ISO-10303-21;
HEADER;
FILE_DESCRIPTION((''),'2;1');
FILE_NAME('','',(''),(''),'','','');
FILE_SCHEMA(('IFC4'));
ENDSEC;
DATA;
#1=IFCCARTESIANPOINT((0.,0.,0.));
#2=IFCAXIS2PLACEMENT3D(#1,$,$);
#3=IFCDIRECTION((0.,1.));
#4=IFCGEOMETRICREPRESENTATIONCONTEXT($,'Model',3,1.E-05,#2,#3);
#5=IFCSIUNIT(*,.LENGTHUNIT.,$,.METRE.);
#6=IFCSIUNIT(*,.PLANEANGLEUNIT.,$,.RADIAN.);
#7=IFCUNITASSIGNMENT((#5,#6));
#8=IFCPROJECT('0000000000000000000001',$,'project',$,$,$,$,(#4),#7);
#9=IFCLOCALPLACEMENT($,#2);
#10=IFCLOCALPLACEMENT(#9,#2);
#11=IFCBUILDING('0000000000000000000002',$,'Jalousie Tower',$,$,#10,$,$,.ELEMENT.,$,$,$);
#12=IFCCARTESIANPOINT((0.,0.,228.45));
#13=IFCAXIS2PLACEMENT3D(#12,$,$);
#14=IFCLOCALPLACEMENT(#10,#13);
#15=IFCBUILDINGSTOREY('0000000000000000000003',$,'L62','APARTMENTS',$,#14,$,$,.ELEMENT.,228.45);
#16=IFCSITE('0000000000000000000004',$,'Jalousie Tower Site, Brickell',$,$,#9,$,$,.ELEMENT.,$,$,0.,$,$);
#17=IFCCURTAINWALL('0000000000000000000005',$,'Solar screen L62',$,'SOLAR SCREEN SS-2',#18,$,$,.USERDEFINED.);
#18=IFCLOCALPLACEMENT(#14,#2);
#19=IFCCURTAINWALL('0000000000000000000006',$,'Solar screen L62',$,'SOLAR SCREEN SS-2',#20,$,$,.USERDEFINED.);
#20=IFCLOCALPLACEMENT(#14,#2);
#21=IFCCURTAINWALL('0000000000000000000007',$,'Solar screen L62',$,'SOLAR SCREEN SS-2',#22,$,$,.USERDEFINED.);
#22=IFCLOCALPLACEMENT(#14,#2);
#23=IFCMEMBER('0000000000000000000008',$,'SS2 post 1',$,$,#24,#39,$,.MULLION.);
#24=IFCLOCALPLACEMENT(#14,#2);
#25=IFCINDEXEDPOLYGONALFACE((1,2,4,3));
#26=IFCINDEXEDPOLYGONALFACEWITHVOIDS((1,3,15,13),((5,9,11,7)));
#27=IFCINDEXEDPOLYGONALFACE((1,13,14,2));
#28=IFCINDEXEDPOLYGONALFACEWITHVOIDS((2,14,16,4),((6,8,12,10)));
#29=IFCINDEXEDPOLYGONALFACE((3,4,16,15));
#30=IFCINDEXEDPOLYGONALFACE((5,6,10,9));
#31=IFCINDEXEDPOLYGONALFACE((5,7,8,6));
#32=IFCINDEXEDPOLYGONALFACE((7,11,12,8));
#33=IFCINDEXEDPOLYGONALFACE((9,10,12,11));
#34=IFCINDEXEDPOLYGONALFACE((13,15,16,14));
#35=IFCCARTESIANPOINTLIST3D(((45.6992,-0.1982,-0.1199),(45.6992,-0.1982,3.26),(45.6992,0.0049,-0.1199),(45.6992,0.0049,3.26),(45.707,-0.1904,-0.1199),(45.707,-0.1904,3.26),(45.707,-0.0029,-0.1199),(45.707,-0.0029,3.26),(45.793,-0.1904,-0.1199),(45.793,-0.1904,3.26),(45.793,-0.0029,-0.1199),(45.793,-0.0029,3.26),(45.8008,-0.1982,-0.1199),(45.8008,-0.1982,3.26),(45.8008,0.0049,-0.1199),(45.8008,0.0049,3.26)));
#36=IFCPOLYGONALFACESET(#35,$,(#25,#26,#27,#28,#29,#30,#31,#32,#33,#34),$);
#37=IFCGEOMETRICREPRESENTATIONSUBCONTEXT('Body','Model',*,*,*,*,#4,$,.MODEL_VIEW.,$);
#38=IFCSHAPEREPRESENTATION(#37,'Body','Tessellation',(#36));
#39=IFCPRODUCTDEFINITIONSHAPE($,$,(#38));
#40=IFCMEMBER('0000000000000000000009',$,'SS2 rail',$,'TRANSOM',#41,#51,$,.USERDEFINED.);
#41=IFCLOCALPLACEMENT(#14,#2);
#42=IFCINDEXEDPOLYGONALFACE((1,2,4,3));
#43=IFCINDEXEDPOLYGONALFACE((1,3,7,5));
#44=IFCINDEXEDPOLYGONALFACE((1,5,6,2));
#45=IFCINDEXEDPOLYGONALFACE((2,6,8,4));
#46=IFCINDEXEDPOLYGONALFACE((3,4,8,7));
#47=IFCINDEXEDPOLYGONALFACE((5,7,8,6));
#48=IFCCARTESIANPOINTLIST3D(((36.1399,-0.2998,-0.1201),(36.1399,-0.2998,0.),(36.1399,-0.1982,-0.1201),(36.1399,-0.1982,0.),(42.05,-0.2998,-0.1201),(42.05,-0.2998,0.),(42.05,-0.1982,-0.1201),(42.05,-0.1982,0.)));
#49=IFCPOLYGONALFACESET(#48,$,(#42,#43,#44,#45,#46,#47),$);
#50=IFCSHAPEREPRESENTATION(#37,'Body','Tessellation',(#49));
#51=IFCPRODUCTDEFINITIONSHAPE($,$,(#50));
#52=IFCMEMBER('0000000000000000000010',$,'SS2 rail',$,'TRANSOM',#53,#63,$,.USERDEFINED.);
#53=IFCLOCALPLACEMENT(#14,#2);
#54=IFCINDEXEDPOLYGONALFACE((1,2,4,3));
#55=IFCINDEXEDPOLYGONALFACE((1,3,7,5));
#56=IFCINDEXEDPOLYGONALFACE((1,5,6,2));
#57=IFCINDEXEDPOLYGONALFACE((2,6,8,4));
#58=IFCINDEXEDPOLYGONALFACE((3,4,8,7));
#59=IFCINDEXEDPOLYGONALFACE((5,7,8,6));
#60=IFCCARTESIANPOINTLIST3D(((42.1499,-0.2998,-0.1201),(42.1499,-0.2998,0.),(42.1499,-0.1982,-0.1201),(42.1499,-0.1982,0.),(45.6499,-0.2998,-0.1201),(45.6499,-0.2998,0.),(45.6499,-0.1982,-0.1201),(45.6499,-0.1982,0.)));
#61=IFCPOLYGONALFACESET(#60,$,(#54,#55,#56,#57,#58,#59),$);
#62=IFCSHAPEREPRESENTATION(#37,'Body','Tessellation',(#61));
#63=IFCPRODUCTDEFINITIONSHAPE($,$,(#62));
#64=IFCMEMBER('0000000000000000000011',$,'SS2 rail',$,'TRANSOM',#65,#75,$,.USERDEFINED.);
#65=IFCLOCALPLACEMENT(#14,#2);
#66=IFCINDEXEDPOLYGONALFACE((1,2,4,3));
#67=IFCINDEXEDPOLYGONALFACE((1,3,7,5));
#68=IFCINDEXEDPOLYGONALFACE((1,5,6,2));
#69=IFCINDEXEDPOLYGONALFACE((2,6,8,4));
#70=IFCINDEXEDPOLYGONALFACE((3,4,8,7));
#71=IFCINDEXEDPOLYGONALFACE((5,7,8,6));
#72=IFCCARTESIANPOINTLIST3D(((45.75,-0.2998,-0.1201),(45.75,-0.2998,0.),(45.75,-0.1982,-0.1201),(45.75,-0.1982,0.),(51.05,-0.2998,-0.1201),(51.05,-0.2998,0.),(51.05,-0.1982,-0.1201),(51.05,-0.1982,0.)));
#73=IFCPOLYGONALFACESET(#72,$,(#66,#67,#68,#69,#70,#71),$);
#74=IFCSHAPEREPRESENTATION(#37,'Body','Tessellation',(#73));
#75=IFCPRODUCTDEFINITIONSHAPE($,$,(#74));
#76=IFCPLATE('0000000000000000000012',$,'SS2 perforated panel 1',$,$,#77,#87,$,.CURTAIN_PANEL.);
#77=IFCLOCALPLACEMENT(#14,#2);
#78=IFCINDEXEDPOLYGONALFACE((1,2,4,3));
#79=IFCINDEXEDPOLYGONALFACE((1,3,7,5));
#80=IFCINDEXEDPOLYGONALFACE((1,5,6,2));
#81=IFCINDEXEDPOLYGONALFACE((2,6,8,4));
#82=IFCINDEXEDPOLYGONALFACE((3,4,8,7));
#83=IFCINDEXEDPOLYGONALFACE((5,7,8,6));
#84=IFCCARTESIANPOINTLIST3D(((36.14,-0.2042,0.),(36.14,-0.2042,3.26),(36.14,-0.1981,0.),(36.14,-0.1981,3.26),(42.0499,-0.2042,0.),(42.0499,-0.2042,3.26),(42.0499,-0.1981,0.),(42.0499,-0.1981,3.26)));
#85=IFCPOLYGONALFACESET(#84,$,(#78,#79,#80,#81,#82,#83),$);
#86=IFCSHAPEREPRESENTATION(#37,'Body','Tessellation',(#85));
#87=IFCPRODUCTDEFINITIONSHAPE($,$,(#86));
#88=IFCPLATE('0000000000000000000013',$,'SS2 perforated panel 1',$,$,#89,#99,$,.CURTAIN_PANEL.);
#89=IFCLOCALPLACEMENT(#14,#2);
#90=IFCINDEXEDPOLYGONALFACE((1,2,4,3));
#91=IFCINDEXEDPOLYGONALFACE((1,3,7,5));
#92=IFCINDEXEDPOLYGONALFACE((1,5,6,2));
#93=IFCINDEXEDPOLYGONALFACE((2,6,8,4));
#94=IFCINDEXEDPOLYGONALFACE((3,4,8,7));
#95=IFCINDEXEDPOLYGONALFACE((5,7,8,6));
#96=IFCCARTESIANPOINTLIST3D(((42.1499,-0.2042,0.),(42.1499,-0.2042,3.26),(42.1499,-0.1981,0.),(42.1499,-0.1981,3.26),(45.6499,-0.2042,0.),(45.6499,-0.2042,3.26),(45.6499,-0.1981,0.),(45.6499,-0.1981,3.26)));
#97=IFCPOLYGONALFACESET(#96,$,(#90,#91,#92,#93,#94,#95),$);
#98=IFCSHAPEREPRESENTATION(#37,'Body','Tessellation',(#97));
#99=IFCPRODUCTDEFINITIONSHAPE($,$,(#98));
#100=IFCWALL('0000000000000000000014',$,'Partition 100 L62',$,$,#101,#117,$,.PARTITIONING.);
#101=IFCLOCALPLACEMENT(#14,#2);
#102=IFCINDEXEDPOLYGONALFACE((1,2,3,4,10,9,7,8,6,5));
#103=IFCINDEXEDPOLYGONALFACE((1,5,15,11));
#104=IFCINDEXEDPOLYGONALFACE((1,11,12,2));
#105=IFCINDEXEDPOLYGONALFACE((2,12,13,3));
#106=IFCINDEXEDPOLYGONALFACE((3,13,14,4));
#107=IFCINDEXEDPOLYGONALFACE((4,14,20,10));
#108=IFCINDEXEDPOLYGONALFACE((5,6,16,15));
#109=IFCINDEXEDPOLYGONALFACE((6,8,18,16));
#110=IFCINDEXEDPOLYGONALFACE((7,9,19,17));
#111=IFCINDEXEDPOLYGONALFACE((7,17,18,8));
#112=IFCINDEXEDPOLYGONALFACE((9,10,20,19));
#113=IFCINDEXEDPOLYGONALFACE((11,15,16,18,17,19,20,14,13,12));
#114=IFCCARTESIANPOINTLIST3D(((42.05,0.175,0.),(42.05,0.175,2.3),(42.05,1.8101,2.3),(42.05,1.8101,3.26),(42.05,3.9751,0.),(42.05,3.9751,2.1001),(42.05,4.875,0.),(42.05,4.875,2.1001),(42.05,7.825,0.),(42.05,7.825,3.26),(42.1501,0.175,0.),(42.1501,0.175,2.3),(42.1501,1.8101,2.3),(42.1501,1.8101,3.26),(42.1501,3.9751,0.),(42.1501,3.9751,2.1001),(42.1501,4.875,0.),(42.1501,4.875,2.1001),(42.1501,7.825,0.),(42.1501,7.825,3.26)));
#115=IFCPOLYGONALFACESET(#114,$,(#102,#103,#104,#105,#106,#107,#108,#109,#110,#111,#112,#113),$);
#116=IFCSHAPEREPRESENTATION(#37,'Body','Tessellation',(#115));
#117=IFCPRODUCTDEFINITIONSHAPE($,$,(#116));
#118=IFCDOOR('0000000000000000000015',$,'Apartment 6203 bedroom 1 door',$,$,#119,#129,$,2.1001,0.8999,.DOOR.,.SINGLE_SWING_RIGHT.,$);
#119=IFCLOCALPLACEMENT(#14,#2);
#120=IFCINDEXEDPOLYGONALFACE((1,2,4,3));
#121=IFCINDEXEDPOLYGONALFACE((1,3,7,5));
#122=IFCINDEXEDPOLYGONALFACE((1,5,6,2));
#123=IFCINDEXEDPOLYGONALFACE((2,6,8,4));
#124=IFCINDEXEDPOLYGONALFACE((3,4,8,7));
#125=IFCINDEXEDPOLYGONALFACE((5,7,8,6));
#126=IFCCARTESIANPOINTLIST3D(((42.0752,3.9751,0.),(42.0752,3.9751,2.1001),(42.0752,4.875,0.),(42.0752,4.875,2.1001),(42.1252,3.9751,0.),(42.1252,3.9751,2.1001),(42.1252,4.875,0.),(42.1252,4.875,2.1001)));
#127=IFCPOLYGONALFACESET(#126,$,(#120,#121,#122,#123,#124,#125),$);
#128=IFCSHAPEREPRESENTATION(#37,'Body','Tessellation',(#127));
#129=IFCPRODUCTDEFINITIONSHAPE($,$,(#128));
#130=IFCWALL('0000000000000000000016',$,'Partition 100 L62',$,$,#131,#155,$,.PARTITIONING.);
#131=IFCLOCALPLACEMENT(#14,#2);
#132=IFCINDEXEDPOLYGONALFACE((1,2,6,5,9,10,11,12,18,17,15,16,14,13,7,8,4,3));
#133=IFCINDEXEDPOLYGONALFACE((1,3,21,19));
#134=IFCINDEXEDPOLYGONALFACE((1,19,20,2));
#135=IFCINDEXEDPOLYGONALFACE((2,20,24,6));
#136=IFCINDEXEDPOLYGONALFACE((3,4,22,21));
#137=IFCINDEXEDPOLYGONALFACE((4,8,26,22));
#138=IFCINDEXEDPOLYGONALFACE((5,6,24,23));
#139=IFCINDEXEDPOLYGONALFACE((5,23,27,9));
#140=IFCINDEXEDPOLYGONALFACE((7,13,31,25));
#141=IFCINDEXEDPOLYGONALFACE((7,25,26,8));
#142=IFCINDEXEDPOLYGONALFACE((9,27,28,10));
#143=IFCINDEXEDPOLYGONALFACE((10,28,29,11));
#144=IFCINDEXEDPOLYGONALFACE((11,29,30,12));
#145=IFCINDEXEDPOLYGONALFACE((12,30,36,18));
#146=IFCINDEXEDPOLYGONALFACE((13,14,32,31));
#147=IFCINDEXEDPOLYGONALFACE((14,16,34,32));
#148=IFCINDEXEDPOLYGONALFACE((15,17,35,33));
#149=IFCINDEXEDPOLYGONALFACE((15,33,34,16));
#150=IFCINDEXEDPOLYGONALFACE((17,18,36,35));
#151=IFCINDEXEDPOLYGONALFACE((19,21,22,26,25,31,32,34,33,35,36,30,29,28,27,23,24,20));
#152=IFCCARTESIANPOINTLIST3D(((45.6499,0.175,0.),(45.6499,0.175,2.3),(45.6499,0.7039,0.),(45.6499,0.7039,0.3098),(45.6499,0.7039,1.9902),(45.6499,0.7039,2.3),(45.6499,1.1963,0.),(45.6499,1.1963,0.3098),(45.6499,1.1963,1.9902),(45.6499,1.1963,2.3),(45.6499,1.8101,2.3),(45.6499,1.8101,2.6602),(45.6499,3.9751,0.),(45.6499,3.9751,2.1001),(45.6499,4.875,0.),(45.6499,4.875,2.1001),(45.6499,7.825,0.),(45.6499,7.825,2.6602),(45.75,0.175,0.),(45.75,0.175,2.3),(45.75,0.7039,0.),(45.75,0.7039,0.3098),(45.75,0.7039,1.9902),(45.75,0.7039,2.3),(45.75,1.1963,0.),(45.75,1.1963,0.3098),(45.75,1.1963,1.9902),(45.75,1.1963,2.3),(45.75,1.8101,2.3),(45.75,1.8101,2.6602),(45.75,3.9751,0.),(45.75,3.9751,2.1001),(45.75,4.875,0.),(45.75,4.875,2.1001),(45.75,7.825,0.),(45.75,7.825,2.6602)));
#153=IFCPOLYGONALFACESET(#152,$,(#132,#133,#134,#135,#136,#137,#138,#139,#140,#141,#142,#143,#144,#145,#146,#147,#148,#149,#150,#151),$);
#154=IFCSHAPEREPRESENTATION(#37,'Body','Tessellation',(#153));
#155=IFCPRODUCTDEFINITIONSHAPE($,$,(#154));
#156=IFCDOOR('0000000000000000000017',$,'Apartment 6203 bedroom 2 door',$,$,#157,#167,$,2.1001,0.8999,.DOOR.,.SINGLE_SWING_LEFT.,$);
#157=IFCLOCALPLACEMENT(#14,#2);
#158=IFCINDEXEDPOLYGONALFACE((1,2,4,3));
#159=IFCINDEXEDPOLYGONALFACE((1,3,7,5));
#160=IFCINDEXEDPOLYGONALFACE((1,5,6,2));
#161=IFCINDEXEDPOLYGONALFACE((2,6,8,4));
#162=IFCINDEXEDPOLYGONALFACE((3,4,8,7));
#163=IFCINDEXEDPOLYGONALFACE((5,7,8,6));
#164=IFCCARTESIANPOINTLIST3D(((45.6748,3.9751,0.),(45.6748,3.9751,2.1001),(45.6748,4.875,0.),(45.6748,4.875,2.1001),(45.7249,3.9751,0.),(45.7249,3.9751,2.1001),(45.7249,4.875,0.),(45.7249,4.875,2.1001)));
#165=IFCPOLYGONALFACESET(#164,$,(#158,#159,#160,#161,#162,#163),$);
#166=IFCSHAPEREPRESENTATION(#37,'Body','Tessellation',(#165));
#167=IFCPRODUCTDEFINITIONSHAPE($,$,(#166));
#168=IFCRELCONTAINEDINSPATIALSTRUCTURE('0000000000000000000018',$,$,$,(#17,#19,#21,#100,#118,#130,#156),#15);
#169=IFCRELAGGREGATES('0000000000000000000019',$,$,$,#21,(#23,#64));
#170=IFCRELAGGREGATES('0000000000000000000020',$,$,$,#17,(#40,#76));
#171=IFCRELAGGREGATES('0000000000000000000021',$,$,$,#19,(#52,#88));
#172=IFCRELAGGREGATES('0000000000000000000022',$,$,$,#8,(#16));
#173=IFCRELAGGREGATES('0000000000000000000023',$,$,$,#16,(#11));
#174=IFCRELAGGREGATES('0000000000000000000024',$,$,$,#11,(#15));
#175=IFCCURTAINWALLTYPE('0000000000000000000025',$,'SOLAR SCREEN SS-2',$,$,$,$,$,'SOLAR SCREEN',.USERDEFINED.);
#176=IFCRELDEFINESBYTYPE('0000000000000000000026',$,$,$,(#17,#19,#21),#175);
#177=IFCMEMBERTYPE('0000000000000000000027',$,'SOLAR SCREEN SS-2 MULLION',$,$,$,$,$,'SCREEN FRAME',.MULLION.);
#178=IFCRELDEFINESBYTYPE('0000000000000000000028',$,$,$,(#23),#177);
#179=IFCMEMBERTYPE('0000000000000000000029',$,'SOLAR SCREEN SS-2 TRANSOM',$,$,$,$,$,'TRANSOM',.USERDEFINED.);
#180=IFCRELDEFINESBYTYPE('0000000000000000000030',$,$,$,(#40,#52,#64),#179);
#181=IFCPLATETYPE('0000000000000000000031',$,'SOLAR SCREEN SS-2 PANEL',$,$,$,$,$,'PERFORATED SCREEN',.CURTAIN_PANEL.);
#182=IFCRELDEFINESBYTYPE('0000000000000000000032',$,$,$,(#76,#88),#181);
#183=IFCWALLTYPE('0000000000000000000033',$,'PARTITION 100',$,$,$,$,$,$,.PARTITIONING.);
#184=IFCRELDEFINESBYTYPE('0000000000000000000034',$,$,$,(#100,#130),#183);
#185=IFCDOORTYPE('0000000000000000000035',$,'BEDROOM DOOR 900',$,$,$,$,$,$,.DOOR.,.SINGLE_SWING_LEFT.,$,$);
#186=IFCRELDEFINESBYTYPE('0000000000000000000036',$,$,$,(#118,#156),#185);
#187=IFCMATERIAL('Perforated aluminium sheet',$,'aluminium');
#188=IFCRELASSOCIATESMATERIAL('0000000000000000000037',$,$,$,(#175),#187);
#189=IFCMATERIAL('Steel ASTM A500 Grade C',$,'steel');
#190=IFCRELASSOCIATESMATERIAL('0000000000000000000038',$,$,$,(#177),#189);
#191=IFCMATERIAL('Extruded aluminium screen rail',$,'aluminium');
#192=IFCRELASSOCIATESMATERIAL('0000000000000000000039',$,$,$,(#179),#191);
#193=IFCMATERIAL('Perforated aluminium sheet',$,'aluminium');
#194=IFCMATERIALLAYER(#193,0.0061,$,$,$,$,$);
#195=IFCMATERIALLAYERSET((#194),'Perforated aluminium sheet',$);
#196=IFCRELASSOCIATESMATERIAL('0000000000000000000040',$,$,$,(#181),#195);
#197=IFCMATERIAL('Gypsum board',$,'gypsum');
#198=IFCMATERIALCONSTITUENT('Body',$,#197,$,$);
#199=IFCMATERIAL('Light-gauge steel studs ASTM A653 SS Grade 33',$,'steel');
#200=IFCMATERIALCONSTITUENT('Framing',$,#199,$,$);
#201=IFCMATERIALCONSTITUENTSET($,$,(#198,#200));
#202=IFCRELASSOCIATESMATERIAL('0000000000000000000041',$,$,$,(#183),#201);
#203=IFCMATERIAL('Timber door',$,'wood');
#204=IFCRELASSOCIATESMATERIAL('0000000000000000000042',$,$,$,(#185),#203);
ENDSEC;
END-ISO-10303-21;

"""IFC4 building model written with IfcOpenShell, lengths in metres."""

from ifc_helpers import new_model, si_unit, direction, frame, frame_2d, origin, origin_2d, place, context, subcontext, project, spatial, polyline, rectangle, hollow_rectangle, outline, extrude, material, layer, layer_set, constituent, constituent_set, material_profile, profile_set, type_object, element, fill, aggregate, save


model = new_model("IFC4")

# Units and contexts
model_context = context("Model", 3, precision=1e-05, world=origin(), true_north=direction((0.0, 1.0)))
body_context = subcontext(model_context, "Body", "Model", "MODEL_VIEW")
ifc_project = project(units=[si_unit("LENGTHUNIT", "METRE"), si_unit("PLANEANGLEUNIT", "RADIAN")], contexts=[model_context])

# Site, building, storey
site_placement = place(None, origin())
site = spatial("IfcSite", under=ifc_project, at=site_placement, Name="Jalousie Tower Site, Brickell", CompositionType="ELEMENT", RefElevation=0.0)
building_placement = place(site_placement, origin())
building = spatial("IfcBuilding", under=site, at=building_placement, Name="Jalousie Tower", CompositionType="ELEMENT")
storey_placement = place(building_placement, frame((0.0, 0.0, 228.45)))
storey = spatial("IfcBuildingStorey", under=building, at=storey_placement, Name="L62", Description="APARTMENTS", CompositionType="ELEMENT", Elevation=228.45)

# Curtain walls
ifc_material_1 = material(Name="Perforated aluminium sheet", Category="aluminium")
curtain_wall_type = type_object("IfcCurtainWallType", Name="SOLAR SCREEN SS-2", ElementType="SOLAR SCREEN", PredefinedType="USERDEFINED", material=ifc_material_1)
curtain_wall_1_placement = place(storey_placement, origin())
curtain_wall_1 = element("IfcCurtainWall", 1, at=curtain_wall_1_placement, inside=storey, type_object=curtain_wall_type, Name="Solar screen L62", ObjectType="SOLAR SCREEN SS-2", PredefinedType="USERDEFINED")
ifc_material_2 = material(Name="Steel ASTM A500 Grade C", Category="steel")
ifc_material_profile_1 = material_profile(ifc_material_2, hollow_rectangle(XDim=0.1016, YDim=0.2031, WallThickness=0.0078, at=origin_2d()), Name="HSS8X4X5/16")
ifc_profile_set_1 = profile_set([ifc_material_profile_1], Name="Steel ASTM A500 Grade C")
member_type_1 = type_object("IfcMemberType", Name="SOLAR SCREEN SS-2 MULLION", ElementType="SCREEN FRAME", PredefinedType="MULLION", material=ifc_profile_set_1)
curtain_wall_2_placement = place(storey_placement, origin())
curtain_wall_2 = element("IfcCurtainWall", 2, at=curtain_wall_2_placement, inside=storey, type_object=curtain_wall_type, Name="Solar screen L62", ObjectType="SOLAR SCREEN SS-2", PredefinedType="USERDEFINED")

# Curtain wall, member
curtain_wall_3_placement = place(storey_placement, origin())
curtain_wall_3 = element("IfcCurtainWall", 3, at=curtain_wall_3_placement, inside=storey, type_object=curtain_wall_type, Name="Solar screen L62", ObjectType="SOLAR SCREEN SS-2", PredefinedType="USERDEFINED")
member_1_placement = place(storey_placement, frame((45.75, -0.0967, -0.1199), z_axis=(0.0, 0.0, 1.0), x_axis=(1.0, 0.0, 0.0)))
member_1 = element("IfcMember", 4, at=member_1_placement, type_object=member_type_1, Name="SS2 post 1", PredefinedType="MULLION", context=body_context, shape_type="SweptSolid", body=[
    extrude(hollow_rectangle(XDim=0.1016, YDim=0.2031, WallThickness=0.0078, at=origin_2d()), origin(), (0.0, 0.0, 1.0), 3.3799),
])

# Members
ifc_material_3 = material(Name="Extruded aluminium screen rail", Category="aluminium")
ifc_material_profile_2 = material_profile(ifc_material_3, rectangle(XDim=0.1016, YDim=0.1201, at=origin_2d()), Name="RAIL 102x120")
ifc_profile_set_2 = profile_set([ifc_material_profile_2], Name="Extruded aluminium screen rail")
member_type_2 = type_object("IfcMemberType", Name="SOLAR SCREEN SS-2 TRANSOM", ElementType="TRANSOM", PredefinedType="USERDEFINED", material=ifc_profile_set_2)
member_2_placement = place(storey_placement, frame((36.1399, -0.249, -0.0601), z_axis=(1.0, 0.0, 0.0), x_axis=(0.0, 1.0, 0.0)))
member_2 = element("IfcMember", 5, at=member_2_placement, type_object=member_type_2, Name="SS2 rail", ObjectType="TRANSOM", PredefinedType="USERDEFINED", context=body_context, shape_type="SweptSolid", body=[
    extrude(rectangle(XDim=0.1016, YDim=0.1201, at=origin_2d()), origin(), (0.0, 0.0, 1.0), 5.9102),
])
member_3_placement = place(storey_placement, frame((42.1499, -0.249, -0.0601), z_axis=(1.0, 0.0, 0.0), x_axis=(0.0, 1.0, 0.0)))
member_3 = element("IfcMember", 6, at=member_3_placement, type_object=member_type_2, Name="SS2 rail", ObjectType="TRANSOM", PredefinedType="USERDEFINED", context=body_context, shape_type="SweptSolid", body=[
    extrude(rectangle(XDim=0.1016, YDim=0.1201, at=origin_2d()), origin(), (0.0, 0.0, 1.0), 3.5),
])
member_4_placement = place(storey_placement, frame((45.75, -0.249, -0.0601), z_axis=(1.0, 0.0, 0.0), x_axis=(0.0, 1.0, 0.0)))
member_4 = element("IfcMember", 7, at=member_4_placement, type_object=member_type_2, Name="SS2 rail", ObjectType="TRANSOM", PredefinedType="USERDEFINED", context=body_context, shape_type="SweptSolid", body=[
    extrude(rectangle(XDim=0.1016, YDim=0.1201, at=origin_2d()), origin(), (0.0, 0.0, 1.0), 5.3),
])
aggregate(curtain_wall_3, [member_1, member_4])

# Plates
ifc_material_4 = material(Name="Perforated aluminium sheet", Category="aluminium")
ifc_layer = layer(ifc_material_4, 0.0061)
ifc_layer_set = layer_set([ifc_layer], Name="Perforated aluminium sheet")
plate_type = type_object("IfcPlateType", Name="SOLAR SCREEN SS-2 PANEL", ElementType="PERFORATED SCREEN", PredefinedType="CURTAIN_PANEL", material=ifc_layer_set)
plate_1_placement = place(storey_placement, frame((39.095, -0.2012, 0.0), z_axis=(0.0, 0.0, 1.0), x_axis=(1.0, 0.0, 0.0)))
plate_1 = element("IfcPlate", 8, at=plate_1_placement, type_object=plate_type, Name="SS2 perforated panel 1", PredefinedType="CURTAIN_PANEL", context=body_context, shape_type="SweptSolid", body=[
    extrude(rectangle(XDim=5.9099, YDim=0.0061, at=origin_2d()), origin(), (0.0, 0.0, 1.0), 3.26),
])
aggregate(curtain_wall_1, [member_2, plate_1])
plate_2_placement = place(storey_placement, frame((43.8999, -0.2012, 0.0), z_axis=(0.0, 0.0, 1.0), x_axis=(1.0, 0.0, 0.0)))
plate_2 = element("IfcPlate", 9, at=plate_2_placement, type_object=plate_type, Name="SS2 perforated panel 1", PredefinedType="CURTAIN_PANEL", context=body_context, shape_type="SweptSolid", body=[
    extrude(rectangle(XDim=3.5, YDim=0.0061, at=origin_2d()), origin(), (0.0, 0.0, 1.0), 3.26),
])
aggregate(curtain_wall_2, [member_3, plate_2])

# Walls, openings, doors
ifc_material_5 = material(Name="Gypsum board", Category="gypsum")
ifc_constituent_1 = constituent(ifc_material_5, Name="Body")
ifc_material_6 = material(Name="Light-gauge steel studs ASTM A653 SS Grade 33", Category="steel")
ifc_constituent_2 = constituent(ifc_material_6, Name="Framing")
ifc_constituent_set_1 = constituent_set(constituents=[ifc_constituent_1, ifc_constituent_2])
wall_type_1 = type_object("IfcWallType", Name="PARTITION 100", PredefinedType="PARTITIONING", material=ifc_constituent_set_1)
wall_1_placement = place(storey_placement, frame((42.1001, 0.175, 0.0), z_axis=(0.0, 0.0, 1.0), x_axis=(0.0, 1.0, 0.0)))
wall_1 = element("IfcWall", 10, at=wall_1_placement, inside=storey, type_object=wall_type_1, Name="Partition 100 L62", PredefinedType="PARTITIONING", context=body_context, shape_type="SweptSolid", body=[
    extrude(outline(polyline([(0.0, 0.0), (7.6499, 0.0), (7.6499, 3.26), (1.635, 3.26), (1.635, 2.3), (0.0, 2.3), (0.0, 3.26), (0.0, 0.0)])), frame((0.0, 0.05, 0.0), z_axis=(0.0, -1.0, 0.0), x_axis=(1.0, 0.0, 0.0)), (0.0, 0.0, 1.0), 0.1001),
])
opening_1_placement = place(wall_1_placement, frame((3.8, 0.0, 0.0)))
opening_1 = element("IfcOpeningElement", 11, at=opening_1_placement, cuts=wall_1, PredefinedType="OPENING", context=body_context, shape_type="SweptSolid", body=[
    extrude(rectangle(XDim=0.8999, YDim=2.1001, at=frame_2d((0.45, 1.05))), frame((0.0, 0.0601, 0.0), z_axis=(0.0, -1.0, 0.0), x_axis=(1.0, 0.0, 0.0)), (0.0, 0.0, 1.0), 0.1201),
])
ifc_material_7 = material(Name="Timber door", Category="wood")
door_type = type_object("IfcDoorType", Name="BEDROOM DOOR 900", OperationType="SINGLE_SWING_LEFT", PredefinedType="DOOR", material=ifc_material_7)
door_1_placement = place(opening_1_placement, origin())
door_1 = element("IfcDoor", 12, at=door_1_placement, inside=storey, type_object=door_type, Name="Apartment 6203 bedroom 1 door", OperationType="SINGLE_SWING_RIGHT", OverallHeight=2.1001, OverallWidth=0.8999, PredefinedType="DOOR", context=body_context, shape_type="SweptSolid", body=[
    extrude(rectangle(XDim=0.8999, YDim=2.1001, at=frame_2d((0.45, 1.05))), frame((0.0, 0.0249, 0.0), z_axis=(0.0, -1.0, 0.0), x_axis=(1.0, 0.0, 0.0)), (0.0, 0.0, 1.0), 0.05),
])
fill(opening_1, door_1)
wall_2_placement = place(storey_placement, frame((45.7, 0.175, 0.0), z_axis=(0.0, 0.0, 1.0), x_axis=(0.0, 1.0, 0.0)))
wall_2 = element("IfcWall", 13, at=wall_2_placement, inside=storey, type_object=wall_type_1, Name="Partition 100 L62", PredefinedType="PARTITIONING", context=body_context, shape_type="SweptSolid", body=[
    extrude(outline(polyline([(0.5288, 2.3), (0.0, 2.3), (0.0, 0.0), (0.5288, 0.0), (0.5288, 0.3098), (1.0212, 0.3098), (1.0212, 0.0), (7.6499, 0.0), (7.6499, 2.6602), (1.635, 2.6602), (1.635, 2.3), (1.0212, 2.3), (1.0212, 1.9902), (0.5288, 1.9902), (0.5288, 2.3)])), frame((0.0, 0.05, 0.0), z_axis=(0.0, -1.0, 0.0), x_axis=(1.0, 0.0, 0.0)), (0.0, 0.0, 1.0), 0.1001),
])
opening_2_placement = place(wall_2_placement, frame((3.8, 0.0, 0.0)))
opening_2 = element("IfcOpeningElement", 14, at=opening_2_placement, cuts=wall_2, PredefinedType="OPENING", context=body_context, shape_type="SweptSolid", body=[
    extrude(rectangle(XDim=0.8999, YDim=2.1001, at=frame_2d((0.45, 1.05))), frame((0.0, 0.0601, 0.0), z_axis=(0.0, -1.0, 0.0), x_axis=(1.0, 0.0, 0.0)), (0.0, 0.0, 1.0), 0.1201),
])
door_2_placement = place(opening_2_placement, frame((0.8999, 0.0, 0.0), z_axis=(0.0, 0.0, 1.0), x_axis=(-1.0, 0.0, 0.0)))
door_2 = element("IfcDoor", 15, at=door_2_placement, inside=storey, type_object=door_type, Name="Apartment 6203 bedroom 2 door", OperationType="SINGLE_SWING_LEFT", OverallHeight=2.1001, OverallWidth=0.8999, PredefinedType="DOOR", context=body_context, shape_type="SweptSolid", body=[
    extrude(rectangle(XDim=0.8999, YDim=2.1001, at=frame_2d((0.45, 1.05))), frame((0.0, 0.0249, 0.0), z_axis=(0.0, -1.0, 0.0), x_axis=(1.0, 0.0, 0.0)), (0.0, 0.0, 1.0), 0.05),
])
fill(opening_2, door_2)

save(model, "model.ifc")
